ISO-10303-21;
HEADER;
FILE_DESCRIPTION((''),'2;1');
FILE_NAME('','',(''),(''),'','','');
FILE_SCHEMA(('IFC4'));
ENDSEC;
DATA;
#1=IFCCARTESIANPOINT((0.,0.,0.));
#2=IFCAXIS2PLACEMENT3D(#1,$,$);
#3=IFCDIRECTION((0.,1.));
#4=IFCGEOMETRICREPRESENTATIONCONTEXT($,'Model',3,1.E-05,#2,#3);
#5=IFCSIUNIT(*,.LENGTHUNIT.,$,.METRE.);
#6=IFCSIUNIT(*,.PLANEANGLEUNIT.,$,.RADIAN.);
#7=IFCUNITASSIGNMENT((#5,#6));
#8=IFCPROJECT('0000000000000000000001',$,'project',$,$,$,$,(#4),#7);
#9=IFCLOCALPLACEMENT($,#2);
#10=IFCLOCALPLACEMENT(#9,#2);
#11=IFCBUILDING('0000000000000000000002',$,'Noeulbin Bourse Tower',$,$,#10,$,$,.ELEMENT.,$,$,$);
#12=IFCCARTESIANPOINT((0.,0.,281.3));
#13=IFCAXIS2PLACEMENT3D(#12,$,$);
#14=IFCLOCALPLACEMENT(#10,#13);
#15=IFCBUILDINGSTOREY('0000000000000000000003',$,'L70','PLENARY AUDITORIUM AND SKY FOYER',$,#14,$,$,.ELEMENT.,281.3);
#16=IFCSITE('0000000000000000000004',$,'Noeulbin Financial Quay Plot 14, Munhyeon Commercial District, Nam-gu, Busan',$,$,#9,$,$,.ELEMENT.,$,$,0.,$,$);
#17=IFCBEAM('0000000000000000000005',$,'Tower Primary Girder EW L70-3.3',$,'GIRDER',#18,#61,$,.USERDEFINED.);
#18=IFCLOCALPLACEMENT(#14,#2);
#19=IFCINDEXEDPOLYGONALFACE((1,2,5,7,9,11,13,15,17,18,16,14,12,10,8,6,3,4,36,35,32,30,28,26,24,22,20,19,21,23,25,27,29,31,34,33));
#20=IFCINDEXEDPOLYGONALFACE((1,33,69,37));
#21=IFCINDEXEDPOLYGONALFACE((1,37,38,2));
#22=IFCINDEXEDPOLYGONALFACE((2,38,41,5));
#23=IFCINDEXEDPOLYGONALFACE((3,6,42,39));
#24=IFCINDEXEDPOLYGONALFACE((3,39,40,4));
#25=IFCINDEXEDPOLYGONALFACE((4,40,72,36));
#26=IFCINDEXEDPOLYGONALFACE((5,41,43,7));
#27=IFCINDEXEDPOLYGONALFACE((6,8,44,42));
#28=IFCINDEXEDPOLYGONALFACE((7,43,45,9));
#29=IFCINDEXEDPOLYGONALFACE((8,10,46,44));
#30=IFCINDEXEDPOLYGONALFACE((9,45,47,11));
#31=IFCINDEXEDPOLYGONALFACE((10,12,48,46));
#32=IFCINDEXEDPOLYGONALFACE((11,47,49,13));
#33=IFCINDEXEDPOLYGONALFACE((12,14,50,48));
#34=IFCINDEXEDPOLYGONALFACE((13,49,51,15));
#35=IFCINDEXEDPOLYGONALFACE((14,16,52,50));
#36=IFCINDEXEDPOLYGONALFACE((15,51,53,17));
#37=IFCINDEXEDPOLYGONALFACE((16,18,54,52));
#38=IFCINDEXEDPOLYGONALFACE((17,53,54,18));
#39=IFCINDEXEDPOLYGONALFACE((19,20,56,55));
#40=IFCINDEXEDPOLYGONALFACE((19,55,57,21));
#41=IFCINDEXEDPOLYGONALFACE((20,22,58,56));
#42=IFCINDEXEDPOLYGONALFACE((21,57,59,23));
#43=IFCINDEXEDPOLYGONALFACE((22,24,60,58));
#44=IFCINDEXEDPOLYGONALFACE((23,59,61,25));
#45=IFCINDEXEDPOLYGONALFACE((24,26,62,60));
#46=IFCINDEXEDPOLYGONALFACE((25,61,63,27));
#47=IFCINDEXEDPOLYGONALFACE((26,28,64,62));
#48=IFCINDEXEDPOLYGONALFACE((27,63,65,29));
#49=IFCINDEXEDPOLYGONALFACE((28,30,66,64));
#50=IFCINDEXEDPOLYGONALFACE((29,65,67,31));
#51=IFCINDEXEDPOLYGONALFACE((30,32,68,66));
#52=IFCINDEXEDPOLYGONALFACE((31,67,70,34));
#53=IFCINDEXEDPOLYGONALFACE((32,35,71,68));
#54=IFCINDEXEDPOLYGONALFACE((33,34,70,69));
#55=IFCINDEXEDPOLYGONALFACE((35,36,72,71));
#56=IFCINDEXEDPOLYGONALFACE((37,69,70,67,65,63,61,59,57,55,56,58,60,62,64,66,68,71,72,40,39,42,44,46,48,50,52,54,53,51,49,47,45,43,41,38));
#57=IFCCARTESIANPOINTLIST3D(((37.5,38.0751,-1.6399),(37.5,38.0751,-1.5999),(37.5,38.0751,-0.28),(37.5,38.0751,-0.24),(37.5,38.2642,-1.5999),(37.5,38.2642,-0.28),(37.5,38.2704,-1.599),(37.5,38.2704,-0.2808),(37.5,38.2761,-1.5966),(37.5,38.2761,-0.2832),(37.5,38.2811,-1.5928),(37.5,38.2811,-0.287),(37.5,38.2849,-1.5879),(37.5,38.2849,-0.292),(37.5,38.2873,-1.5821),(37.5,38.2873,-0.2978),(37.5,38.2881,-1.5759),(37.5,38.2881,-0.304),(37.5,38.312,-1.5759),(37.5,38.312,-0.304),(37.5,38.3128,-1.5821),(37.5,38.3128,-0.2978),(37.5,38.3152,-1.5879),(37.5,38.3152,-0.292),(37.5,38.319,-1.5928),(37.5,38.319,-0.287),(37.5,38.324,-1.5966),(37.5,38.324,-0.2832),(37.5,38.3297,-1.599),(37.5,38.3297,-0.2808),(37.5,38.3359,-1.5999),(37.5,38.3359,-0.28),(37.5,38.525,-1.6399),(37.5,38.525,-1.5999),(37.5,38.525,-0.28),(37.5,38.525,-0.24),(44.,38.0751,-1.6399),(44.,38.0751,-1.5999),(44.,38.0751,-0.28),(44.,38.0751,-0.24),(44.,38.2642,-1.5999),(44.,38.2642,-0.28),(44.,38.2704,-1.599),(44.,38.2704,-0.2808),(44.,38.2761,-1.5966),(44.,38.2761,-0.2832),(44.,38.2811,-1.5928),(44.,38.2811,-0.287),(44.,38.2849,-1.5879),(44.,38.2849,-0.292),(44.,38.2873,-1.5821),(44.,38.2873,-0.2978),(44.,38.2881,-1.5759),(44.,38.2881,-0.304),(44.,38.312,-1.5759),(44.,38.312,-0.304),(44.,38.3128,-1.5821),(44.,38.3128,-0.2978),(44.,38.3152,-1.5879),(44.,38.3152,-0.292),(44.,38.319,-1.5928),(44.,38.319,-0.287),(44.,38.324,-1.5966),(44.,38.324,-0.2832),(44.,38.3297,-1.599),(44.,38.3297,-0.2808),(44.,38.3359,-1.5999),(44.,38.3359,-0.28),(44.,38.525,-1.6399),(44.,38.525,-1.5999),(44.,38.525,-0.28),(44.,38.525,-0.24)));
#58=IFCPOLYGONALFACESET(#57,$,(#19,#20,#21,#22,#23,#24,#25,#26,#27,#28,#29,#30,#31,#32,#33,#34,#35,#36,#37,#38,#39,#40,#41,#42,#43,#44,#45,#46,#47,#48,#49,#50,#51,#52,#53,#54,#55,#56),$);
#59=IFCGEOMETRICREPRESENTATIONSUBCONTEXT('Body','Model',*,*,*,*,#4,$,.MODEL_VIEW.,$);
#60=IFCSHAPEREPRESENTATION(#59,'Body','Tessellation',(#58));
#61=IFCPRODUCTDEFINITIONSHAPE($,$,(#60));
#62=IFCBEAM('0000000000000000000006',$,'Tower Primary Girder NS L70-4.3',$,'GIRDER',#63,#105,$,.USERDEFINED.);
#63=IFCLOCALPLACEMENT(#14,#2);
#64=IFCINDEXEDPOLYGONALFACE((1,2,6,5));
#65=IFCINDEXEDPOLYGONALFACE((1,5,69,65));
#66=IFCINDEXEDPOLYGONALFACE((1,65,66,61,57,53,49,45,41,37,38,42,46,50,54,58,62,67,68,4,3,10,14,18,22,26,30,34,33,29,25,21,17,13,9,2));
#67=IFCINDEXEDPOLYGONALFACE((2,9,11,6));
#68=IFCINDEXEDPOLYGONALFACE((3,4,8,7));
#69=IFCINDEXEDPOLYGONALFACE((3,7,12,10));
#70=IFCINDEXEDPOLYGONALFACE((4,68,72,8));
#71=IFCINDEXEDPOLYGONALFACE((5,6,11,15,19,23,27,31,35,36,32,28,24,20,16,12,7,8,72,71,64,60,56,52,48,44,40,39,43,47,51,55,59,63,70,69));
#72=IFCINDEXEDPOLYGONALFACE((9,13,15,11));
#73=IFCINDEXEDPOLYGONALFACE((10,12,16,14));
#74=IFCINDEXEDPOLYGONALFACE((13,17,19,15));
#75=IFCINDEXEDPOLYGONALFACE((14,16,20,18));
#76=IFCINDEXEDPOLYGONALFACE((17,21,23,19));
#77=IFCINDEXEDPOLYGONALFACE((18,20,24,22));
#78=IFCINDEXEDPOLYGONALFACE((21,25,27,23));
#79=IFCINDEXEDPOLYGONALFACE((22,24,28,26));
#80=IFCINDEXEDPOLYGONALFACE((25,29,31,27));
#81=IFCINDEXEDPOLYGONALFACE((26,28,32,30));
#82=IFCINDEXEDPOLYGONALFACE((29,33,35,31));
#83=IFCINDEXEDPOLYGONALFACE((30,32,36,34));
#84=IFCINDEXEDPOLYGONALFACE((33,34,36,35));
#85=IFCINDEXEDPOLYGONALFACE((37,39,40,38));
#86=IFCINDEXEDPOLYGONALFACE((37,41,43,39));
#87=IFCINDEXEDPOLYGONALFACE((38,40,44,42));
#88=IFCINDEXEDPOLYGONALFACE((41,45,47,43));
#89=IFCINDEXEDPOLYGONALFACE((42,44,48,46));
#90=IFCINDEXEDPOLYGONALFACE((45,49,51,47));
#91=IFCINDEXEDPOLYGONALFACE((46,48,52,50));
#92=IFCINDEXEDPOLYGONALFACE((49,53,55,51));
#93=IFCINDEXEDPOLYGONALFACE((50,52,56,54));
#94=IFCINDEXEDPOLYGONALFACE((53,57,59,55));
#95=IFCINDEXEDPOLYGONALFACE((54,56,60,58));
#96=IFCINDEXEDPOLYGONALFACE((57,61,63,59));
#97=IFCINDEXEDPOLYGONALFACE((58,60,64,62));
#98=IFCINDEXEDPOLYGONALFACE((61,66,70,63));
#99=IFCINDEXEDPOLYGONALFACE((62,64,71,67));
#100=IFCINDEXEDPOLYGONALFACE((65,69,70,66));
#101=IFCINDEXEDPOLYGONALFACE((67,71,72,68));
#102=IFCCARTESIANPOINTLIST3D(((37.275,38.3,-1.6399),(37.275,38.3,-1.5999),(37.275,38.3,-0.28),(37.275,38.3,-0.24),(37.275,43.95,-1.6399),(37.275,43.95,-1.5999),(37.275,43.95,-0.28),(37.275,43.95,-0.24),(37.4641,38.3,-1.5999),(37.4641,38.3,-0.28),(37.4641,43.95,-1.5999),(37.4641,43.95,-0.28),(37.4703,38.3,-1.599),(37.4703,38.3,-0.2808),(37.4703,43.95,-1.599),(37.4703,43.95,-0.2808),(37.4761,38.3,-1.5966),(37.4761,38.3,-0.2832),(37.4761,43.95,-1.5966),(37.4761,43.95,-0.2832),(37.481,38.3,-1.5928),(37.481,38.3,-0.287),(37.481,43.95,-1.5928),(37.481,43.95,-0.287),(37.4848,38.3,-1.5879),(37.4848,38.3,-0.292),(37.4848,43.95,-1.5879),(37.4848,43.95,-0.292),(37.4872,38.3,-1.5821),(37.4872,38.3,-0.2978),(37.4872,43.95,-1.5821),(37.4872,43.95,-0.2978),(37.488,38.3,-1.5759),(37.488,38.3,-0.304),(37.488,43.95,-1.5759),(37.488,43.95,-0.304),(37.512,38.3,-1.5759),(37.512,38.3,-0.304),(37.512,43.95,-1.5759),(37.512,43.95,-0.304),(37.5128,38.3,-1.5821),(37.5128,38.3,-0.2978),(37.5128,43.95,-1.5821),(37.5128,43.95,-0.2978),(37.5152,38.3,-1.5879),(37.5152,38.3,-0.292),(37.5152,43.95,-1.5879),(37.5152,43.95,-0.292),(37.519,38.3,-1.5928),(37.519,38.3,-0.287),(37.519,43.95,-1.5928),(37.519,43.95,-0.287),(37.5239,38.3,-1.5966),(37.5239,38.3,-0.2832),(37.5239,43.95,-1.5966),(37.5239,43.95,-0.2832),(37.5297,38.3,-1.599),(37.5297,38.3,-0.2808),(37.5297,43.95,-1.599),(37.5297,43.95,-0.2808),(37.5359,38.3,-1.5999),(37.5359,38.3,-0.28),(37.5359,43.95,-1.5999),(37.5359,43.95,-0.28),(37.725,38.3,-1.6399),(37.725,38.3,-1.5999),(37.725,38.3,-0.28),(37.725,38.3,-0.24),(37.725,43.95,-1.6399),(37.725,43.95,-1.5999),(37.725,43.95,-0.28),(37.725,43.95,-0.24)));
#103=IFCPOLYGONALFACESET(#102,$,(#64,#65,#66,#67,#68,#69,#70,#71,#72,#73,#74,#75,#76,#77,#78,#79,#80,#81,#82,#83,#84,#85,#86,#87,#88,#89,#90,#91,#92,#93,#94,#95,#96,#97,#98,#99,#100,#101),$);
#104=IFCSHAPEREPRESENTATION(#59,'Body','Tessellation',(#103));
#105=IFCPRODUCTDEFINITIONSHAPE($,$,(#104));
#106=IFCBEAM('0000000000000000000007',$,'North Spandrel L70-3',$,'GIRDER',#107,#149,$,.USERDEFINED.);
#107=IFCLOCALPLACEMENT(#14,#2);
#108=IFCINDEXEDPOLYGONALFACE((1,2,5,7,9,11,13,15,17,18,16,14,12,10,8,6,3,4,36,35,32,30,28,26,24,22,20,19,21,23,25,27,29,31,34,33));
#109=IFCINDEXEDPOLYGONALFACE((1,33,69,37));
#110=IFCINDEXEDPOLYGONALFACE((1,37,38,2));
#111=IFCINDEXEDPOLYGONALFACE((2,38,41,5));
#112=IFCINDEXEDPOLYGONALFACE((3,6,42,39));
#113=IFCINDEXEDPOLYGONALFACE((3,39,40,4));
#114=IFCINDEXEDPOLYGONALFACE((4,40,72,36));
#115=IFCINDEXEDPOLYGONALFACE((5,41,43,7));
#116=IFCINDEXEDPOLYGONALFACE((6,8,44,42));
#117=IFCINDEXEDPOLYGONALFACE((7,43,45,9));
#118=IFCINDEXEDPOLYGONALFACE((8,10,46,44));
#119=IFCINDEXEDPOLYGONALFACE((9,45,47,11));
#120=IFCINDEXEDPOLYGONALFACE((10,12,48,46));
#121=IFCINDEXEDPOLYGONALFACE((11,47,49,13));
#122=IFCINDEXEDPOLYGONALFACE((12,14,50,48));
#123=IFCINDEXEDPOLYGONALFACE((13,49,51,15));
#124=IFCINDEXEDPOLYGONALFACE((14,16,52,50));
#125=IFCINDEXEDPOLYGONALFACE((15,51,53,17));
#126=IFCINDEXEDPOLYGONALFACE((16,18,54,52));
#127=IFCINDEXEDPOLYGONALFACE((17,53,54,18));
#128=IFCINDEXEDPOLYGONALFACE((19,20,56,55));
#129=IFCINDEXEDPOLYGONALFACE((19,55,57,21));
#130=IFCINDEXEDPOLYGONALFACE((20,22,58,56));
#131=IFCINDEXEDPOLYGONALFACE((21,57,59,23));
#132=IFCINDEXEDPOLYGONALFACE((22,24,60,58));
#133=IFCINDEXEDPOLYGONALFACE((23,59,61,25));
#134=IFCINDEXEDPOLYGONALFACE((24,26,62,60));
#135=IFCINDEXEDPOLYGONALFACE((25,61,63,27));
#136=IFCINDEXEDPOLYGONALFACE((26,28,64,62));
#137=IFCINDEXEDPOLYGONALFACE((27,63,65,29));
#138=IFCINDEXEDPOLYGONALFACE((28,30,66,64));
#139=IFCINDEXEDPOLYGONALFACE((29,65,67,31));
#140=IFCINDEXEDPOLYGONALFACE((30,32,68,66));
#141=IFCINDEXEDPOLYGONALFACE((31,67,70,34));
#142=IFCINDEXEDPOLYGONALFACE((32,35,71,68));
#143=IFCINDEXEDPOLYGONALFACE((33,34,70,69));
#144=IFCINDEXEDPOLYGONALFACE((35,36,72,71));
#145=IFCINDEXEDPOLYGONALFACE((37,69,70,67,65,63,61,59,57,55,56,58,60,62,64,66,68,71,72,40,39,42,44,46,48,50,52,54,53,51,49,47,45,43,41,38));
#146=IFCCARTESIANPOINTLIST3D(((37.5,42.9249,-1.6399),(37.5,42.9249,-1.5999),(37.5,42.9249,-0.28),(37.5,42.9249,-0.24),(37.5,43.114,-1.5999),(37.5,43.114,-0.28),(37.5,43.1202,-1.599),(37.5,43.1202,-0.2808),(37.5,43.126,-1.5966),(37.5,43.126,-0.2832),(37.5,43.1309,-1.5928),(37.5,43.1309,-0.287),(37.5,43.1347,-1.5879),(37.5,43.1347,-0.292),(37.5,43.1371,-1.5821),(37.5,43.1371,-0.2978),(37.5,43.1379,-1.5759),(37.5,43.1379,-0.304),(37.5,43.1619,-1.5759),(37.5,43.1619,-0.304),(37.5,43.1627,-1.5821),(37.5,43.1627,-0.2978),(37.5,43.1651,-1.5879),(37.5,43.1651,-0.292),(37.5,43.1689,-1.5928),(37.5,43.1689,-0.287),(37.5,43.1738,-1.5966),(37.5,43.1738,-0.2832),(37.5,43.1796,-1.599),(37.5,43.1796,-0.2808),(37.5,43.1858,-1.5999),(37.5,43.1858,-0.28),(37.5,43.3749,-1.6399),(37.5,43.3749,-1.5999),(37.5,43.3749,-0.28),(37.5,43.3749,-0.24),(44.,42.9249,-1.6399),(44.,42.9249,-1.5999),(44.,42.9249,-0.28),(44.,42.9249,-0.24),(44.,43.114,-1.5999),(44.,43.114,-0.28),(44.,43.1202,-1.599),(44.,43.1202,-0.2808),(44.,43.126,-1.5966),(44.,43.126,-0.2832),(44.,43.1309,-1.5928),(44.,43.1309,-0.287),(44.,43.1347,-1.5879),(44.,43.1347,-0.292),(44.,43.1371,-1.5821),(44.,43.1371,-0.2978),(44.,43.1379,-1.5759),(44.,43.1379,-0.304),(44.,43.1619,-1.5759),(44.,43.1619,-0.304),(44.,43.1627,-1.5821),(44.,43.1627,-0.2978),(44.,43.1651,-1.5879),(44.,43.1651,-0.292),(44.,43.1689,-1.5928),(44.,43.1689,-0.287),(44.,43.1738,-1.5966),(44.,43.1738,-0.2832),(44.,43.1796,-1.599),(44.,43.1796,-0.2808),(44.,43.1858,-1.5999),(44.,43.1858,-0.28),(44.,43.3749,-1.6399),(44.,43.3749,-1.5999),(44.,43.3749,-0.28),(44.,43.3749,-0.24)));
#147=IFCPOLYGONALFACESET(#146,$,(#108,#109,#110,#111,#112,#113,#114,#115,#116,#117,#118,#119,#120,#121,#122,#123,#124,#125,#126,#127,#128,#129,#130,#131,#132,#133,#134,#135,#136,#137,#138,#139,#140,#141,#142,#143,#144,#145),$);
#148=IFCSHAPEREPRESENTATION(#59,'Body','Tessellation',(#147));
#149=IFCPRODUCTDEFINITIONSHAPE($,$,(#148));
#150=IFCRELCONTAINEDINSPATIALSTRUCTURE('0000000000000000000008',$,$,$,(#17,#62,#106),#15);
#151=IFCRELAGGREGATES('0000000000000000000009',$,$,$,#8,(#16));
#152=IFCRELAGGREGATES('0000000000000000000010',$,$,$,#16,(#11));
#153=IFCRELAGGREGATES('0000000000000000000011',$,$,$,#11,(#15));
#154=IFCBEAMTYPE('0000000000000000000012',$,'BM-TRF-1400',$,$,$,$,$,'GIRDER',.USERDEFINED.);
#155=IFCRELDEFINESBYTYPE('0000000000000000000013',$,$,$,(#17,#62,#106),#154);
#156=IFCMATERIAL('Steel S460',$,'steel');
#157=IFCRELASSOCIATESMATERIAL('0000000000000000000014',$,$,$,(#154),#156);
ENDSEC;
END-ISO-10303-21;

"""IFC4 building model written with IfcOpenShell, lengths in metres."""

from ifc_helpers import new_model, si_unit, direction, frame, origin, origin_2d, place, context, subcontext, project, spatial, i_section, extrude, material, material_profile, profile_set, type_object, element, save


model = new_model("IFC4")

# Units and contexts
model_context = context("Model", 3, precision=1e-05, world=origin(), true_north=direction((0.0, 1.0)))
body_context = subcontext(model_context, "Body", "Model", "MODEL_VIEW")
ifc_project = project(units=[si_unit("LENGTHUNIT", "METRE"), si_unit("PLANEANGLEUNIT", "RADIAN")], contexts=[model_context])

# Site, building, storey
site_placement = place(None, origin())
site = spatial("IfcSite", under=ifc_project, at=site_placement, Name="Noeulbin Financial Quay Plot 14, Munhyeon Commercial District, Nam-gu, Busan", CompositionType="ELEMENT", RefElevation=0.0)
building_placement = place(site_placement, origin())
building = spatial("IfcBuilding", under=site, at=building_placement, Name="Noeulbin Bourse Tower", CompositionType="ELEMENT")
storey_placement = place(building_placement, frame((0.0, 0.0, 281.3)))
storey = spatial("IfcBuildingStorey", under=building, at=storey_placement, Name="L70", Description="PLENARY AUDITORIUM AND SKY FOYER", CompositionType="ELEMENT", Elevation=281.3)

# Beams
ifc_material_1 = material(Name="Steel S460", Category="steel")
ifc_material_profile_1 = material_profile(ifc_material_1, i_section(OverallWidth=0.45, OverallDepth=1.3999, WebThickness=0.0239, FlangeThickness=0.04, FilletRadius=0.0239, at=origin_2d()), Name="PG-1400x450x24x40", Category="LoadBearing")
ifc_profile_set_1 = profile_set([ifc_material_profile_1], Name="Steel S460")
beam_type_1 = type_object("IfcBeamType", Name="BM-TRF-1400", ElementType="GIRDER", PredefinedType="USERDEFINED", material=ifc_profile_set_1)
beam_1_placement = place(storey_placement, frame((37.5, 38.3, -0.9399), z_axis=(1.0, 0.0, 0.0), x_axis=(0.0, 1.0, 0.0)))
element("IfcBeam", 1, at=beam_1_placement, inside=storey, type_object=beam_type_1, Name="Tower Primary Girder EW L70-3.3", ObjectType="GIRDER", PredefinedType="USERDEFINED", context=body_context, shape_type="SweptSolid", body=[
    extrude(i_section(OverallWidth=0.45, OverallDepth=1.3999, WebThickness=0.0239, FlangeThickness=0.04, FilletRadius=0.0239, at=origin_2d()), origin(), (0.0, 0.0, 1.0), 6.5),
])
beam_2_placement = place(storey_placement, frame((37.5, 38.3, -0.9399), z_axis=(0.0, 1.0, 0.0), x_axis=(-1.0, 0.0, 0.0)))
element("IfcBeam", 2, at=beam_2_placement, inside=storey, type_object=beam_type_1, Name="Tower Primary Girder NS L70-4.3", ObjectType="GIRDER", PredefinedType="USERDEFINED", context=body_context, shape_type="SweptSolid", body=[
    extrude(i_section(OverallWidth=0.45, OverallDepth=1.3999, WebThickness=0.0239, FlangeThickness=0.04, FilletRadius=0.0239, at=origin_2d()), origin(), (0.0, 0.0, 1.0), 5.6499),
])
beam_3_placement = place(storey_placement, frame((37.5, 43.1499, -0.9399), z_axis=(1.0, 0.0, 0.0), x_axis=(0.0, 1.0, 0.0)))
element("IfcBeam", 3, at=beam_3_placement, inside=storey, type_object=beam_type_1, Name="North Spandrel L70-3", ObjectType="GIRDER", PredefinedType="USERDEFINED", context=body_context, shape_type="SweptSolid", body=[
    extrude(i_section(OverallWidth=0.45, OverallDepth=1.3999, WebThickness=0.0239, FlangeThickness=0.04, FilletRadius=0.0239, at=origin_2d()), origin(), (0.0, 0.0, 1.0), 6.5),
])

save(model, "model.ifc")
